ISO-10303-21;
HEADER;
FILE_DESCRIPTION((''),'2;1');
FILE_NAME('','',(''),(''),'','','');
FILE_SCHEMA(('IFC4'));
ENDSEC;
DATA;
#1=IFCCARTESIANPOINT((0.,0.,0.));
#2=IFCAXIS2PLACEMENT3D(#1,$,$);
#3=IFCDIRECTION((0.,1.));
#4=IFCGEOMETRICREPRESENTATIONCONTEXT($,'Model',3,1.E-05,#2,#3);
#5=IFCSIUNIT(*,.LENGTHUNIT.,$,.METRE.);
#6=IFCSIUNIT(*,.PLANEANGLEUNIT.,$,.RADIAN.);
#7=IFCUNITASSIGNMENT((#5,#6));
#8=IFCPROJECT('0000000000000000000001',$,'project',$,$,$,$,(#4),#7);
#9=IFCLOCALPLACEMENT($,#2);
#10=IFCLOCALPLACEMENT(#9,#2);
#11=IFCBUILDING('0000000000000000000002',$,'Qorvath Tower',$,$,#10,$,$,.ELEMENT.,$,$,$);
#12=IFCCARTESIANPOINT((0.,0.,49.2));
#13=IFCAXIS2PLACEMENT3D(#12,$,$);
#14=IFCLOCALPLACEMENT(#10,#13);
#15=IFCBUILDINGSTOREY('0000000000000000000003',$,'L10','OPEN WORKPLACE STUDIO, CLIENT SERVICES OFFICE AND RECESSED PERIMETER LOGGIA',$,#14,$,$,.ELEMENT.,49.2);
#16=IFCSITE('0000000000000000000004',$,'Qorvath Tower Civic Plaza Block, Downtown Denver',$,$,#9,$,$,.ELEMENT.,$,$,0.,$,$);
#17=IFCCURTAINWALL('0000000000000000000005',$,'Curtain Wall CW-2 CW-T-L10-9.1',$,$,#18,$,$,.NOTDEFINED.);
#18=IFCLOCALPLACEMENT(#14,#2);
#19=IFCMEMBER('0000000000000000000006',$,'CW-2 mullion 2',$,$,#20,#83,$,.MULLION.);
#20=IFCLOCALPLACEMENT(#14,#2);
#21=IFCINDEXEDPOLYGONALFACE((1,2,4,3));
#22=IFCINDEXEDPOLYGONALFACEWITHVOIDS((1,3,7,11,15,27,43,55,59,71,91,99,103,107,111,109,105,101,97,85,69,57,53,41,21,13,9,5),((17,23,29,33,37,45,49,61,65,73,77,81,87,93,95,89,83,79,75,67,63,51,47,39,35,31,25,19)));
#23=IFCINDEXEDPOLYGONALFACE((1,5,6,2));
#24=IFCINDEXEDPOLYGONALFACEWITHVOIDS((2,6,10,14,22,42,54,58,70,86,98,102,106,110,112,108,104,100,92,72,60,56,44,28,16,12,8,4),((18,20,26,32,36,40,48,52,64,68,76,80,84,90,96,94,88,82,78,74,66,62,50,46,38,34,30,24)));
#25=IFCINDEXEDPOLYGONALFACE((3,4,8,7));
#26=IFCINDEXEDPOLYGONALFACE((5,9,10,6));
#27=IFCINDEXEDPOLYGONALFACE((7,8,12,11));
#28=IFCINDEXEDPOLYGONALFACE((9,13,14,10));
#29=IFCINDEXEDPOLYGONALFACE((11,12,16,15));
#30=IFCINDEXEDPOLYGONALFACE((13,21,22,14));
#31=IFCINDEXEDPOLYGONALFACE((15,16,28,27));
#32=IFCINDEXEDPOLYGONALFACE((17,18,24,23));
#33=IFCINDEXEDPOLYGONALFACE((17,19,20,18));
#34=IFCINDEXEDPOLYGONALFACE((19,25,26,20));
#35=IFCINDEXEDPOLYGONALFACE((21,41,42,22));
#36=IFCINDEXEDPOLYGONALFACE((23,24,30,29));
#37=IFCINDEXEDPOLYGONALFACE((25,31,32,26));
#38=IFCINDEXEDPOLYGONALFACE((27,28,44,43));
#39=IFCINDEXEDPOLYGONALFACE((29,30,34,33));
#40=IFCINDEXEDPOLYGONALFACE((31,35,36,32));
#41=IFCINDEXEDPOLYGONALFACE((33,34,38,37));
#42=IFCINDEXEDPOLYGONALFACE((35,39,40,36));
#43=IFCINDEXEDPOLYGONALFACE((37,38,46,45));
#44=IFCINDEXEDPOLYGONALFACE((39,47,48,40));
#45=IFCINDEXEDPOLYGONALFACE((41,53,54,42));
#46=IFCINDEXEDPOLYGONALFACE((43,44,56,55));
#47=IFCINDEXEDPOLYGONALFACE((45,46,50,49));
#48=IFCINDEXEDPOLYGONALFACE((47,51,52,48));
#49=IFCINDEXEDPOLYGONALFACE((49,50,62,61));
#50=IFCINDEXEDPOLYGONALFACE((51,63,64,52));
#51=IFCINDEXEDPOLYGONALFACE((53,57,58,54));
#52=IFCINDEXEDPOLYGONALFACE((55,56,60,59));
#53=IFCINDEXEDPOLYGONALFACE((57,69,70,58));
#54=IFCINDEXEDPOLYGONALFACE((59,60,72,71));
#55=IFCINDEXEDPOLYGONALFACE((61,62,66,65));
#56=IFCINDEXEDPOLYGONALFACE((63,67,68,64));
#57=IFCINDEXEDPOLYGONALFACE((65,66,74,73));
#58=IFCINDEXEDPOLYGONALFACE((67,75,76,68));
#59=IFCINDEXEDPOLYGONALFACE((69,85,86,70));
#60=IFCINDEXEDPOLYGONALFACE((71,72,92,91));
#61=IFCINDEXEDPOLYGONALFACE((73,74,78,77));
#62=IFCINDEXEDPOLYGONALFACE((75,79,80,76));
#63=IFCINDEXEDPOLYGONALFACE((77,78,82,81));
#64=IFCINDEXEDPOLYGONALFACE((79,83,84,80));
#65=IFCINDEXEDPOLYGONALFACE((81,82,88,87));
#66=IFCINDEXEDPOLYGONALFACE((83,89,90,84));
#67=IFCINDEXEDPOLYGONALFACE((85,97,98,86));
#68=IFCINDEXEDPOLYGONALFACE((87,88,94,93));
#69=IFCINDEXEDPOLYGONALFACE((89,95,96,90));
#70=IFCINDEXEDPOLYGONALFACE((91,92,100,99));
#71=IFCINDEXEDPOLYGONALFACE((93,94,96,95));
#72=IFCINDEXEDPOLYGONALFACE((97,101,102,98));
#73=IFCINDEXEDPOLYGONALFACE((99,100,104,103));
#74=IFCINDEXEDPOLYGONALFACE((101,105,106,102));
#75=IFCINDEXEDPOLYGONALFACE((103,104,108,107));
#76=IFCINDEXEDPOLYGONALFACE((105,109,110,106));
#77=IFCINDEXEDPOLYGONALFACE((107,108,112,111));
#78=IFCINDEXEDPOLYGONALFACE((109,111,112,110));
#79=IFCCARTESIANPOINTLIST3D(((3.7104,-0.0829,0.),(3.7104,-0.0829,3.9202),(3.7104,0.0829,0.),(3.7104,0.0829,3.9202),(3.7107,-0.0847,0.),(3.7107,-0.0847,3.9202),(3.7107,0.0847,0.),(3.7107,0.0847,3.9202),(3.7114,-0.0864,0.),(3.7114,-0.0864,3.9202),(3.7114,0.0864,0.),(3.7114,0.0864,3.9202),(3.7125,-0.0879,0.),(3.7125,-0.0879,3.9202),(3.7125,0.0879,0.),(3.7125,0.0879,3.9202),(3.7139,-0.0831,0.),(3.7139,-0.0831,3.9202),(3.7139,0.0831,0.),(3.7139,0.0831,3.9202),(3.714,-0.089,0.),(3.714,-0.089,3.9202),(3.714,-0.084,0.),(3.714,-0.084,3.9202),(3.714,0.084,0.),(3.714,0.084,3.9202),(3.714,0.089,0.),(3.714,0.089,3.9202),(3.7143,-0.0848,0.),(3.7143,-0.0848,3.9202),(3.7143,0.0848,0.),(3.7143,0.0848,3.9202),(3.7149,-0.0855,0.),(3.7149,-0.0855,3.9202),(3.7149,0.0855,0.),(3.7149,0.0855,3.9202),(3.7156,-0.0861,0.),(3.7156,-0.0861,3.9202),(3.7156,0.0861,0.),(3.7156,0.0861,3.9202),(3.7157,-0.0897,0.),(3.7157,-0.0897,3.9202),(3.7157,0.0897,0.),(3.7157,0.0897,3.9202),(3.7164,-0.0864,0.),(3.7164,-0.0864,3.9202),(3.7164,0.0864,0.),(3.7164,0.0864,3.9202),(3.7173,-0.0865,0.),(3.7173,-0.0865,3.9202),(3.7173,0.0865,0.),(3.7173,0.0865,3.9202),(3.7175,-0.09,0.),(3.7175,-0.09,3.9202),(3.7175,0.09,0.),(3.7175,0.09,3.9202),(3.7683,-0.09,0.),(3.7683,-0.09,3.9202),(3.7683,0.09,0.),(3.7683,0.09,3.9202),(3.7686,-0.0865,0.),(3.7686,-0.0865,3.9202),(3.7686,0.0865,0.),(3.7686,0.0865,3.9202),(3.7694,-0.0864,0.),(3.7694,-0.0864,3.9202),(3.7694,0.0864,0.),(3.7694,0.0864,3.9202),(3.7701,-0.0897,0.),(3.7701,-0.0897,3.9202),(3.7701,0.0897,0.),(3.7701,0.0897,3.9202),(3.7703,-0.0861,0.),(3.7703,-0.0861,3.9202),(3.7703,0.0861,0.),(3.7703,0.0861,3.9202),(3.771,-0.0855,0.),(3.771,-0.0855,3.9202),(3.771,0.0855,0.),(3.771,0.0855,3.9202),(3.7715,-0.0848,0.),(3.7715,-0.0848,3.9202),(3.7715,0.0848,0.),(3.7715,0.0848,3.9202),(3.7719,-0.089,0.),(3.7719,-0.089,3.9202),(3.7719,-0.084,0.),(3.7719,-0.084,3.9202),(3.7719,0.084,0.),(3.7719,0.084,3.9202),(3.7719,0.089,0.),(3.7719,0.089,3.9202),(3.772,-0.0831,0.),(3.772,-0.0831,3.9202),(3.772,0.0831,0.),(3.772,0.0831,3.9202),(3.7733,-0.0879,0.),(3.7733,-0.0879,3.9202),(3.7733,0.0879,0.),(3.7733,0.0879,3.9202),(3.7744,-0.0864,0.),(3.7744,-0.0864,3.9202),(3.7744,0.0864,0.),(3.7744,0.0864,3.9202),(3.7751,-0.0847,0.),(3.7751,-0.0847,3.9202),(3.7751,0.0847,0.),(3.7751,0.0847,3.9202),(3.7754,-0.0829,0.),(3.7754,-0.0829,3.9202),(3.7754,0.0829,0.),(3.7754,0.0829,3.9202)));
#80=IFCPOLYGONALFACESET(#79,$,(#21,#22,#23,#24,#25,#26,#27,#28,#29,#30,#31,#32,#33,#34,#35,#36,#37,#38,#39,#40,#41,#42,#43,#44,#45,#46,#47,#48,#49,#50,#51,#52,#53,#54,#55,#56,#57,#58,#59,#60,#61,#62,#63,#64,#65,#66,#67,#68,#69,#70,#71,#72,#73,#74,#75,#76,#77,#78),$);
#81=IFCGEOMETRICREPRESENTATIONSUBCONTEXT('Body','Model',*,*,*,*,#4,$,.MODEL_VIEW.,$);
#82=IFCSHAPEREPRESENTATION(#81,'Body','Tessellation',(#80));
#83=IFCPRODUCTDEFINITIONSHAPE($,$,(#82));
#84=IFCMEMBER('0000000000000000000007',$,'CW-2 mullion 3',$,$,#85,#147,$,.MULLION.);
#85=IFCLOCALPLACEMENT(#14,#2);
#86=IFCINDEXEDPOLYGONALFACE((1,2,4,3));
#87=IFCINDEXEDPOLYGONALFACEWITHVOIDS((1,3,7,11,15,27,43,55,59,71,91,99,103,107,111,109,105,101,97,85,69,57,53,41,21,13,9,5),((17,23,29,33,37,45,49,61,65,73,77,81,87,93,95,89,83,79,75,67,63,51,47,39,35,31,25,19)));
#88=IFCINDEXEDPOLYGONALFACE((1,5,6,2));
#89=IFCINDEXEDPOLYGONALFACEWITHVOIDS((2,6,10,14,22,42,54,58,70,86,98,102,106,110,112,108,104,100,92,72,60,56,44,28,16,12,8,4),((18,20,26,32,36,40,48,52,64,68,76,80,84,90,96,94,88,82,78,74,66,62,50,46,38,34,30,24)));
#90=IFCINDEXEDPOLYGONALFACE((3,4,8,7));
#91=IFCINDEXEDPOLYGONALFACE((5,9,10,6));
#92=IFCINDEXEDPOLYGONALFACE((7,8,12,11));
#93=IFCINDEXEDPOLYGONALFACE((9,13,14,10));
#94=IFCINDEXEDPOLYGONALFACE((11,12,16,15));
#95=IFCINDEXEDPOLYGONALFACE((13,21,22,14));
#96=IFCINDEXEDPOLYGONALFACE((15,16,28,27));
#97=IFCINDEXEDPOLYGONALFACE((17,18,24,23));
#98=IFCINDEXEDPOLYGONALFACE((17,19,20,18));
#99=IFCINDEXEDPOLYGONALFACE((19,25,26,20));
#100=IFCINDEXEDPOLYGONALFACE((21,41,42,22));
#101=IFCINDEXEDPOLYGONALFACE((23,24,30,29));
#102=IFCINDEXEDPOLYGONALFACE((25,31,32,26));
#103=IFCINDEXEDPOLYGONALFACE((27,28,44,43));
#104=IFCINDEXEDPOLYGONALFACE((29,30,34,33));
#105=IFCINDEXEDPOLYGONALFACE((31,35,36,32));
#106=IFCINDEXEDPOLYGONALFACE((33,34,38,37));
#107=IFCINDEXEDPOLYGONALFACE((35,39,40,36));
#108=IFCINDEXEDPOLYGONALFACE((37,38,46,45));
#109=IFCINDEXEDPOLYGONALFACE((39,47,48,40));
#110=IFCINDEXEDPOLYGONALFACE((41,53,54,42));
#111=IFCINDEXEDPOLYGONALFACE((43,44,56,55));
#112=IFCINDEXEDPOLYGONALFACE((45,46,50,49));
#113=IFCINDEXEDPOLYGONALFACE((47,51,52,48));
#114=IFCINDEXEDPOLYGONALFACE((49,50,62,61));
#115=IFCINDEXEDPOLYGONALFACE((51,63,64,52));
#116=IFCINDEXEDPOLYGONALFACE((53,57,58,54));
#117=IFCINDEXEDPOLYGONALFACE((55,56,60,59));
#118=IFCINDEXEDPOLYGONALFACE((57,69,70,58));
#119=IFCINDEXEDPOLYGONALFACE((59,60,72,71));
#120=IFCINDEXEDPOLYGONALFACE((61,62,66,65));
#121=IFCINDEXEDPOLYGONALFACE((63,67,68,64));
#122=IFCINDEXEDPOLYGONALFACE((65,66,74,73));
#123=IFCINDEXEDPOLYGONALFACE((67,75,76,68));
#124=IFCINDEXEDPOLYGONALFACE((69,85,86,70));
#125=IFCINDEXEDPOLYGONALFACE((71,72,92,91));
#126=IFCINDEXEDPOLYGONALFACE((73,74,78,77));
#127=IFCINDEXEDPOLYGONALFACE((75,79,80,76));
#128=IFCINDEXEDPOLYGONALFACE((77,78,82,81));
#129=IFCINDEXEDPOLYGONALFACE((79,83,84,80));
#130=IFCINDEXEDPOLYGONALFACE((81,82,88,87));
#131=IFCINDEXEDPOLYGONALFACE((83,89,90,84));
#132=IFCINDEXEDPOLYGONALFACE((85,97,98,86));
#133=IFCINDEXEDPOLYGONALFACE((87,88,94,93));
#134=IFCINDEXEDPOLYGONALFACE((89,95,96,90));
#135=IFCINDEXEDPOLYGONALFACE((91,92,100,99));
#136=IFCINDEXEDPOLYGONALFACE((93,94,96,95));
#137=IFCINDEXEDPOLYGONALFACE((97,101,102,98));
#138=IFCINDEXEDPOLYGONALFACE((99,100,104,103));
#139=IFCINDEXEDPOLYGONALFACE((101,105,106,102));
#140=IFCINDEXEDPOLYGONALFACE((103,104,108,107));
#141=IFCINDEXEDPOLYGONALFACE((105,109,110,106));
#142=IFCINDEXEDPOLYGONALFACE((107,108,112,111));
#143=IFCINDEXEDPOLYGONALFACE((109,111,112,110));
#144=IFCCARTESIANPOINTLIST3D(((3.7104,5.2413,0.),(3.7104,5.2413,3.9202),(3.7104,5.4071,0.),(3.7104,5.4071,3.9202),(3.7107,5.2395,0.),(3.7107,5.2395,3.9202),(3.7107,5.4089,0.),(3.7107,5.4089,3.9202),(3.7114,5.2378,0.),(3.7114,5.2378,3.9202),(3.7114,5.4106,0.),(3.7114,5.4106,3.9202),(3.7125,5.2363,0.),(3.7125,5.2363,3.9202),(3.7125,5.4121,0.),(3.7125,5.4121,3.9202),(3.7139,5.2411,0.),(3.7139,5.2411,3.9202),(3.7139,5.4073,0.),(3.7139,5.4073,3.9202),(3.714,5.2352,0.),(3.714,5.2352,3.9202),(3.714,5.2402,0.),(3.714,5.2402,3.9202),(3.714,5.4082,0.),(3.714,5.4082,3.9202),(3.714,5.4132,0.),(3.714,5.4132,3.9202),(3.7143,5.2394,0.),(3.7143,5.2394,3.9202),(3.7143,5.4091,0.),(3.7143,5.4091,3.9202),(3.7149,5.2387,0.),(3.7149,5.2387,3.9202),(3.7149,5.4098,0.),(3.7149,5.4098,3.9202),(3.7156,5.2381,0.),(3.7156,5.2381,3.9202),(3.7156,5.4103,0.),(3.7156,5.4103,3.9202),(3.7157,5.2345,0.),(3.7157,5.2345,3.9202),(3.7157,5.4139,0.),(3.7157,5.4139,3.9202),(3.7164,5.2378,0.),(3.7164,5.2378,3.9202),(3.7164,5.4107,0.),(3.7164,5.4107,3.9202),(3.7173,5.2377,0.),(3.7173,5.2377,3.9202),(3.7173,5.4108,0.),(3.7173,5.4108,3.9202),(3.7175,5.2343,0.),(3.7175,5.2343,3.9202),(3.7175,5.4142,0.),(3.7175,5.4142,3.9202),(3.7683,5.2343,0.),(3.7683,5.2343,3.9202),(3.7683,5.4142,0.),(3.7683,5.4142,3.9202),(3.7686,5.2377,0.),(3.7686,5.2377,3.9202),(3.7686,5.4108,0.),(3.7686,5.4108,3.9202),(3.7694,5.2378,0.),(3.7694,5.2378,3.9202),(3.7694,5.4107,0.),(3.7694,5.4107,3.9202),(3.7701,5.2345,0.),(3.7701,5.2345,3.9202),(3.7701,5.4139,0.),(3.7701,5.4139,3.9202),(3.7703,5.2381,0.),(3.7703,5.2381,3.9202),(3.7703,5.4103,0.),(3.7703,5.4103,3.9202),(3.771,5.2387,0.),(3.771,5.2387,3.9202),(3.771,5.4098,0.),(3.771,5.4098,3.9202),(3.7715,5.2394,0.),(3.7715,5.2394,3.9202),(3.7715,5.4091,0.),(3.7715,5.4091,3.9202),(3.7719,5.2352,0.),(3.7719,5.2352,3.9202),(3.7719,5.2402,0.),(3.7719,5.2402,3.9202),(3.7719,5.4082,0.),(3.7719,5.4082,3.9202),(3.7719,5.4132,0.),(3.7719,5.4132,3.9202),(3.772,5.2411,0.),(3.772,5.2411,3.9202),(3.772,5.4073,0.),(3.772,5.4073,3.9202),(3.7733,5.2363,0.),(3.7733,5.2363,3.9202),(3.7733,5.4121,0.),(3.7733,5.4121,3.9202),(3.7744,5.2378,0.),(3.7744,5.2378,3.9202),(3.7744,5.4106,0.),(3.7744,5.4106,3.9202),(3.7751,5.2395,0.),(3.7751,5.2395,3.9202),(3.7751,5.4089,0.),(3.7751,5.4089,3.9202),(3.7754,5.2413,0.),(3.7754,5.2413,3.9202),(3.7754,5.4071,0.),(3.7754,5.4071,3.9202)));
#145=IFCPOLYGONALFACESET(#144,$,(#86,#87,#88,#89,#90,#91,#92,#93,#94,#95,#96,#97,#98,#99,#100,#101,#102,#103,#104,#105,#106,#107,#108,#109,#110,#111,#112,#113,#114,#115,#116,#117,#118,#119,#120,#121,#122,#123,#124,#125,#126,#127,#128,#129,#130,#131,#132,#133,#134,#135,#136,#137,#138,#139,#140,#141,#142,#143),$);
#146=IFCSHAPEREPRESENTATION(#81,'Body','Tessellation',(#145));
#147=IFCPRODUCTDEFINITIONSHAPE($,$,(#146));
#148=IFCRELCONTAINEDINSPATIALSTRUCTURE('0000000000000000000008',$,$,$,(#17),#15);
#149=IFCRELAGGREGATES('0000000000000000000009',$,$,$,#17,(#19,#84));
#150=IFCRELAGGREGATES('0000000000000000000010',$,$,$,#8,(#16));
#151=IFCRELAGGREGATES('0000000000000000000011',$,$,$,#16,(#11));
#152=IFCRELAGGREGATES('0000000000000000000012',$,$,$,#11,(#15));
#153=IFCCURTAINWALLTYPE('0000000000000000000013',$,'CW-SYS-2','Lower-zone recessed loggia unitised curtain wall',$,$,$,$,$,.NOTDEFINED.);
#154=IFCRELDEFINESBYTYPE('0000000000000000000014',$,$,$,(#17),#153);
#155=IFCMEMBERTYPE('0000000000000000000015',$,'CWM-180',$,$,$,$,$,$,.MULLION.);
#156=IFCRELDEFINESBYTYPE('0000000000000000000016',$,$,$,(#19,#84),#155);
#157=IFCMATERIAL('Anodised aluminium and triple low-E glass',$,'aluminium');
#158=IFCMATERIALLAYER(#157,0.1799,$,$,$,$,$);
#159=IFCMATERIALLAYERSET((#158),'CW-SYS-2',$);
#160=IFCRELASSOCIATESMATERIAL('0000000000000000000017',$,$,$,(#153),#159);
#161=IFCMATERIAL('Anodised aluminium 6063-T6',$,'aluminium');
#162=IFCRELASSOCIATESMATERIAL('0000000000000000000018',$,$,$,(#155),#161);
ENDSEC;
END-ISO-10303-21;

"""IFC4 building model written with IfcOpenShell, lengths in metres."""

from ifc_helpers import new_model, si_unit, direction, frame, origin, origin_2d, place, context, subcontext, project, spatial, hollow_rectangle, extrude, material, layer, layer_set, material_profile, profile_set, type_object, element, aggregate, save


model = new_model("IFC4")

# Units and contexts
model_context = context("Model", 3, precision=1e-05, world=origin(), true_north=direction((0.0, 1.0)))
body_context = subcontext(model_context, "Body", "Model", "MODEL_VIEW")
ifc_project = project(units=[si_unit("LENGTHUNIT", "METRE"), si_unit("PLANEANGLEUNIT", "RADIAN")], contexts=[model_context])

# Site, building, storey
site_placement = place(None, origin())
site = spatial("IfcSite", under=ifc_project, at=site_placement, Name="Qorvath Tower Civic Plaza Block, Downtown Denver", CompositionType="ELEMENT", RefElevation=0.0)
building_placement = place(site_placement, origin())
building = spatial("IfcBuilding", under=site, at=building_placement, Name="Qorvath Tower", CompositionType="ELEMENT")
storey_placement = place(building_placement, frame((0.0, 0.0, 49.2)))
storey = spatial("IfcBuildingStorey", under=building, at=storey_placement, Name="L10", Description="OPEN WORKPLACE STUDIO, CLIENT SERVICES OFFICE AND RECESSED PERIMETER LOGGIA", CompositionType="ELEMENT", Elevation=49.2)

# Curtain wall, members
ifc_material_1 = material(Name="Anodised aluminium and triple low-E glass", Category="aluminium")
ifc_layer_1 = layer(ifc_material_1, 0.1799)
ifc_layer_set_1 = layer_set([ifc_layer_1], Name="CW-SYS-2")
curtain_wall_type = type_object("IfcCurtainWallType", Name="CW-SYS-2", Description="Lower-zone recessed loggia unitised curtain wall", PredefinedType="NOTDEFINED", material=ifc_layer_set_1)
curtain_wall_1_placement = place(storey_placement, origin())
curtain_wall_1 = element("IfcCurtainWall", 1, at=curtain_wall_1_placement, inside=storey, type_object=curtain_wall_type, Name="Curtain Wall CW-2 CW-T-L10-9.1", PredefinedType="NOTDEFINED")
ifc_material_2 = material(Name="Anodised aluminium 6063-T6", Category="aluminium")
ifc_material_profile_1 = material_profile(ifc_material_2, hollow_rectangle(XDim=0.0649, YDim=0.1799, WallThickness=0.0034, InnerFilletRadius=0.0034, OuterFilletRadius=0.0071, at=origin_2d()), Name="CWM 180x65")
ifc_profile_set_1 = profile_set([ifc_material_profile_1], Name="Anodised aluminium 6063-T6")
member_type_1 = type_object("IfcMemberType", Name="CWM-180", PredefinedType="MULLION", material=ifc_profile_set_1)
member_1_placement = place(storey_placement, frame((3.7429, 0.0, 0.0), z_axis=(0.0, 0.0, 1.0), x_axis=(-1.0, 0.0, 0.0)))
member_1 = element("IfcMember", 2, at=member_1_placement, type_object=member_type_1, Name="CW-2 mullion 2", PredefinedType="MULLION", context=body_context, shape_type="SweptSolid", body=[
    extrude(hollow_rectangle(XDim=0.0649, YDim=0.1799, WallThickness=0.0034, InnerFilletRadius=0.0034, OuterFilletRadius=0.0071, at=origin_2d()), origin(), (0.0, 0.0, 1.0), 3.9202),
])
member_2_placement = place(storey_placement, frame((3.7429, 5.3242, 0.0), z_axis=(0.0, 0.0, 1.0), x_axis=(-1.0, 0.0, 0.0)))
member_2 = element("IfcMember", 3, at=member_2_placement, type_object=member_type_1, Name="CW-2 mullion 3", PredefinedType="MULLION", context=body_context, shape_type="SweptSolid", body=[
    extrude(hollow_rectangle(XDim=0.0649, YDim=0.1799, WallThickness=0.0034, InnerFilletRadius=0.0034, OuterFilletRadius=0.0071, at=origin_2d()), origin(), (0.0, 0.0, 1.0), 3.9202),
])

aggregate(curtain_wall_1, [member_1, member_2])

save(model, "model.ifc")
